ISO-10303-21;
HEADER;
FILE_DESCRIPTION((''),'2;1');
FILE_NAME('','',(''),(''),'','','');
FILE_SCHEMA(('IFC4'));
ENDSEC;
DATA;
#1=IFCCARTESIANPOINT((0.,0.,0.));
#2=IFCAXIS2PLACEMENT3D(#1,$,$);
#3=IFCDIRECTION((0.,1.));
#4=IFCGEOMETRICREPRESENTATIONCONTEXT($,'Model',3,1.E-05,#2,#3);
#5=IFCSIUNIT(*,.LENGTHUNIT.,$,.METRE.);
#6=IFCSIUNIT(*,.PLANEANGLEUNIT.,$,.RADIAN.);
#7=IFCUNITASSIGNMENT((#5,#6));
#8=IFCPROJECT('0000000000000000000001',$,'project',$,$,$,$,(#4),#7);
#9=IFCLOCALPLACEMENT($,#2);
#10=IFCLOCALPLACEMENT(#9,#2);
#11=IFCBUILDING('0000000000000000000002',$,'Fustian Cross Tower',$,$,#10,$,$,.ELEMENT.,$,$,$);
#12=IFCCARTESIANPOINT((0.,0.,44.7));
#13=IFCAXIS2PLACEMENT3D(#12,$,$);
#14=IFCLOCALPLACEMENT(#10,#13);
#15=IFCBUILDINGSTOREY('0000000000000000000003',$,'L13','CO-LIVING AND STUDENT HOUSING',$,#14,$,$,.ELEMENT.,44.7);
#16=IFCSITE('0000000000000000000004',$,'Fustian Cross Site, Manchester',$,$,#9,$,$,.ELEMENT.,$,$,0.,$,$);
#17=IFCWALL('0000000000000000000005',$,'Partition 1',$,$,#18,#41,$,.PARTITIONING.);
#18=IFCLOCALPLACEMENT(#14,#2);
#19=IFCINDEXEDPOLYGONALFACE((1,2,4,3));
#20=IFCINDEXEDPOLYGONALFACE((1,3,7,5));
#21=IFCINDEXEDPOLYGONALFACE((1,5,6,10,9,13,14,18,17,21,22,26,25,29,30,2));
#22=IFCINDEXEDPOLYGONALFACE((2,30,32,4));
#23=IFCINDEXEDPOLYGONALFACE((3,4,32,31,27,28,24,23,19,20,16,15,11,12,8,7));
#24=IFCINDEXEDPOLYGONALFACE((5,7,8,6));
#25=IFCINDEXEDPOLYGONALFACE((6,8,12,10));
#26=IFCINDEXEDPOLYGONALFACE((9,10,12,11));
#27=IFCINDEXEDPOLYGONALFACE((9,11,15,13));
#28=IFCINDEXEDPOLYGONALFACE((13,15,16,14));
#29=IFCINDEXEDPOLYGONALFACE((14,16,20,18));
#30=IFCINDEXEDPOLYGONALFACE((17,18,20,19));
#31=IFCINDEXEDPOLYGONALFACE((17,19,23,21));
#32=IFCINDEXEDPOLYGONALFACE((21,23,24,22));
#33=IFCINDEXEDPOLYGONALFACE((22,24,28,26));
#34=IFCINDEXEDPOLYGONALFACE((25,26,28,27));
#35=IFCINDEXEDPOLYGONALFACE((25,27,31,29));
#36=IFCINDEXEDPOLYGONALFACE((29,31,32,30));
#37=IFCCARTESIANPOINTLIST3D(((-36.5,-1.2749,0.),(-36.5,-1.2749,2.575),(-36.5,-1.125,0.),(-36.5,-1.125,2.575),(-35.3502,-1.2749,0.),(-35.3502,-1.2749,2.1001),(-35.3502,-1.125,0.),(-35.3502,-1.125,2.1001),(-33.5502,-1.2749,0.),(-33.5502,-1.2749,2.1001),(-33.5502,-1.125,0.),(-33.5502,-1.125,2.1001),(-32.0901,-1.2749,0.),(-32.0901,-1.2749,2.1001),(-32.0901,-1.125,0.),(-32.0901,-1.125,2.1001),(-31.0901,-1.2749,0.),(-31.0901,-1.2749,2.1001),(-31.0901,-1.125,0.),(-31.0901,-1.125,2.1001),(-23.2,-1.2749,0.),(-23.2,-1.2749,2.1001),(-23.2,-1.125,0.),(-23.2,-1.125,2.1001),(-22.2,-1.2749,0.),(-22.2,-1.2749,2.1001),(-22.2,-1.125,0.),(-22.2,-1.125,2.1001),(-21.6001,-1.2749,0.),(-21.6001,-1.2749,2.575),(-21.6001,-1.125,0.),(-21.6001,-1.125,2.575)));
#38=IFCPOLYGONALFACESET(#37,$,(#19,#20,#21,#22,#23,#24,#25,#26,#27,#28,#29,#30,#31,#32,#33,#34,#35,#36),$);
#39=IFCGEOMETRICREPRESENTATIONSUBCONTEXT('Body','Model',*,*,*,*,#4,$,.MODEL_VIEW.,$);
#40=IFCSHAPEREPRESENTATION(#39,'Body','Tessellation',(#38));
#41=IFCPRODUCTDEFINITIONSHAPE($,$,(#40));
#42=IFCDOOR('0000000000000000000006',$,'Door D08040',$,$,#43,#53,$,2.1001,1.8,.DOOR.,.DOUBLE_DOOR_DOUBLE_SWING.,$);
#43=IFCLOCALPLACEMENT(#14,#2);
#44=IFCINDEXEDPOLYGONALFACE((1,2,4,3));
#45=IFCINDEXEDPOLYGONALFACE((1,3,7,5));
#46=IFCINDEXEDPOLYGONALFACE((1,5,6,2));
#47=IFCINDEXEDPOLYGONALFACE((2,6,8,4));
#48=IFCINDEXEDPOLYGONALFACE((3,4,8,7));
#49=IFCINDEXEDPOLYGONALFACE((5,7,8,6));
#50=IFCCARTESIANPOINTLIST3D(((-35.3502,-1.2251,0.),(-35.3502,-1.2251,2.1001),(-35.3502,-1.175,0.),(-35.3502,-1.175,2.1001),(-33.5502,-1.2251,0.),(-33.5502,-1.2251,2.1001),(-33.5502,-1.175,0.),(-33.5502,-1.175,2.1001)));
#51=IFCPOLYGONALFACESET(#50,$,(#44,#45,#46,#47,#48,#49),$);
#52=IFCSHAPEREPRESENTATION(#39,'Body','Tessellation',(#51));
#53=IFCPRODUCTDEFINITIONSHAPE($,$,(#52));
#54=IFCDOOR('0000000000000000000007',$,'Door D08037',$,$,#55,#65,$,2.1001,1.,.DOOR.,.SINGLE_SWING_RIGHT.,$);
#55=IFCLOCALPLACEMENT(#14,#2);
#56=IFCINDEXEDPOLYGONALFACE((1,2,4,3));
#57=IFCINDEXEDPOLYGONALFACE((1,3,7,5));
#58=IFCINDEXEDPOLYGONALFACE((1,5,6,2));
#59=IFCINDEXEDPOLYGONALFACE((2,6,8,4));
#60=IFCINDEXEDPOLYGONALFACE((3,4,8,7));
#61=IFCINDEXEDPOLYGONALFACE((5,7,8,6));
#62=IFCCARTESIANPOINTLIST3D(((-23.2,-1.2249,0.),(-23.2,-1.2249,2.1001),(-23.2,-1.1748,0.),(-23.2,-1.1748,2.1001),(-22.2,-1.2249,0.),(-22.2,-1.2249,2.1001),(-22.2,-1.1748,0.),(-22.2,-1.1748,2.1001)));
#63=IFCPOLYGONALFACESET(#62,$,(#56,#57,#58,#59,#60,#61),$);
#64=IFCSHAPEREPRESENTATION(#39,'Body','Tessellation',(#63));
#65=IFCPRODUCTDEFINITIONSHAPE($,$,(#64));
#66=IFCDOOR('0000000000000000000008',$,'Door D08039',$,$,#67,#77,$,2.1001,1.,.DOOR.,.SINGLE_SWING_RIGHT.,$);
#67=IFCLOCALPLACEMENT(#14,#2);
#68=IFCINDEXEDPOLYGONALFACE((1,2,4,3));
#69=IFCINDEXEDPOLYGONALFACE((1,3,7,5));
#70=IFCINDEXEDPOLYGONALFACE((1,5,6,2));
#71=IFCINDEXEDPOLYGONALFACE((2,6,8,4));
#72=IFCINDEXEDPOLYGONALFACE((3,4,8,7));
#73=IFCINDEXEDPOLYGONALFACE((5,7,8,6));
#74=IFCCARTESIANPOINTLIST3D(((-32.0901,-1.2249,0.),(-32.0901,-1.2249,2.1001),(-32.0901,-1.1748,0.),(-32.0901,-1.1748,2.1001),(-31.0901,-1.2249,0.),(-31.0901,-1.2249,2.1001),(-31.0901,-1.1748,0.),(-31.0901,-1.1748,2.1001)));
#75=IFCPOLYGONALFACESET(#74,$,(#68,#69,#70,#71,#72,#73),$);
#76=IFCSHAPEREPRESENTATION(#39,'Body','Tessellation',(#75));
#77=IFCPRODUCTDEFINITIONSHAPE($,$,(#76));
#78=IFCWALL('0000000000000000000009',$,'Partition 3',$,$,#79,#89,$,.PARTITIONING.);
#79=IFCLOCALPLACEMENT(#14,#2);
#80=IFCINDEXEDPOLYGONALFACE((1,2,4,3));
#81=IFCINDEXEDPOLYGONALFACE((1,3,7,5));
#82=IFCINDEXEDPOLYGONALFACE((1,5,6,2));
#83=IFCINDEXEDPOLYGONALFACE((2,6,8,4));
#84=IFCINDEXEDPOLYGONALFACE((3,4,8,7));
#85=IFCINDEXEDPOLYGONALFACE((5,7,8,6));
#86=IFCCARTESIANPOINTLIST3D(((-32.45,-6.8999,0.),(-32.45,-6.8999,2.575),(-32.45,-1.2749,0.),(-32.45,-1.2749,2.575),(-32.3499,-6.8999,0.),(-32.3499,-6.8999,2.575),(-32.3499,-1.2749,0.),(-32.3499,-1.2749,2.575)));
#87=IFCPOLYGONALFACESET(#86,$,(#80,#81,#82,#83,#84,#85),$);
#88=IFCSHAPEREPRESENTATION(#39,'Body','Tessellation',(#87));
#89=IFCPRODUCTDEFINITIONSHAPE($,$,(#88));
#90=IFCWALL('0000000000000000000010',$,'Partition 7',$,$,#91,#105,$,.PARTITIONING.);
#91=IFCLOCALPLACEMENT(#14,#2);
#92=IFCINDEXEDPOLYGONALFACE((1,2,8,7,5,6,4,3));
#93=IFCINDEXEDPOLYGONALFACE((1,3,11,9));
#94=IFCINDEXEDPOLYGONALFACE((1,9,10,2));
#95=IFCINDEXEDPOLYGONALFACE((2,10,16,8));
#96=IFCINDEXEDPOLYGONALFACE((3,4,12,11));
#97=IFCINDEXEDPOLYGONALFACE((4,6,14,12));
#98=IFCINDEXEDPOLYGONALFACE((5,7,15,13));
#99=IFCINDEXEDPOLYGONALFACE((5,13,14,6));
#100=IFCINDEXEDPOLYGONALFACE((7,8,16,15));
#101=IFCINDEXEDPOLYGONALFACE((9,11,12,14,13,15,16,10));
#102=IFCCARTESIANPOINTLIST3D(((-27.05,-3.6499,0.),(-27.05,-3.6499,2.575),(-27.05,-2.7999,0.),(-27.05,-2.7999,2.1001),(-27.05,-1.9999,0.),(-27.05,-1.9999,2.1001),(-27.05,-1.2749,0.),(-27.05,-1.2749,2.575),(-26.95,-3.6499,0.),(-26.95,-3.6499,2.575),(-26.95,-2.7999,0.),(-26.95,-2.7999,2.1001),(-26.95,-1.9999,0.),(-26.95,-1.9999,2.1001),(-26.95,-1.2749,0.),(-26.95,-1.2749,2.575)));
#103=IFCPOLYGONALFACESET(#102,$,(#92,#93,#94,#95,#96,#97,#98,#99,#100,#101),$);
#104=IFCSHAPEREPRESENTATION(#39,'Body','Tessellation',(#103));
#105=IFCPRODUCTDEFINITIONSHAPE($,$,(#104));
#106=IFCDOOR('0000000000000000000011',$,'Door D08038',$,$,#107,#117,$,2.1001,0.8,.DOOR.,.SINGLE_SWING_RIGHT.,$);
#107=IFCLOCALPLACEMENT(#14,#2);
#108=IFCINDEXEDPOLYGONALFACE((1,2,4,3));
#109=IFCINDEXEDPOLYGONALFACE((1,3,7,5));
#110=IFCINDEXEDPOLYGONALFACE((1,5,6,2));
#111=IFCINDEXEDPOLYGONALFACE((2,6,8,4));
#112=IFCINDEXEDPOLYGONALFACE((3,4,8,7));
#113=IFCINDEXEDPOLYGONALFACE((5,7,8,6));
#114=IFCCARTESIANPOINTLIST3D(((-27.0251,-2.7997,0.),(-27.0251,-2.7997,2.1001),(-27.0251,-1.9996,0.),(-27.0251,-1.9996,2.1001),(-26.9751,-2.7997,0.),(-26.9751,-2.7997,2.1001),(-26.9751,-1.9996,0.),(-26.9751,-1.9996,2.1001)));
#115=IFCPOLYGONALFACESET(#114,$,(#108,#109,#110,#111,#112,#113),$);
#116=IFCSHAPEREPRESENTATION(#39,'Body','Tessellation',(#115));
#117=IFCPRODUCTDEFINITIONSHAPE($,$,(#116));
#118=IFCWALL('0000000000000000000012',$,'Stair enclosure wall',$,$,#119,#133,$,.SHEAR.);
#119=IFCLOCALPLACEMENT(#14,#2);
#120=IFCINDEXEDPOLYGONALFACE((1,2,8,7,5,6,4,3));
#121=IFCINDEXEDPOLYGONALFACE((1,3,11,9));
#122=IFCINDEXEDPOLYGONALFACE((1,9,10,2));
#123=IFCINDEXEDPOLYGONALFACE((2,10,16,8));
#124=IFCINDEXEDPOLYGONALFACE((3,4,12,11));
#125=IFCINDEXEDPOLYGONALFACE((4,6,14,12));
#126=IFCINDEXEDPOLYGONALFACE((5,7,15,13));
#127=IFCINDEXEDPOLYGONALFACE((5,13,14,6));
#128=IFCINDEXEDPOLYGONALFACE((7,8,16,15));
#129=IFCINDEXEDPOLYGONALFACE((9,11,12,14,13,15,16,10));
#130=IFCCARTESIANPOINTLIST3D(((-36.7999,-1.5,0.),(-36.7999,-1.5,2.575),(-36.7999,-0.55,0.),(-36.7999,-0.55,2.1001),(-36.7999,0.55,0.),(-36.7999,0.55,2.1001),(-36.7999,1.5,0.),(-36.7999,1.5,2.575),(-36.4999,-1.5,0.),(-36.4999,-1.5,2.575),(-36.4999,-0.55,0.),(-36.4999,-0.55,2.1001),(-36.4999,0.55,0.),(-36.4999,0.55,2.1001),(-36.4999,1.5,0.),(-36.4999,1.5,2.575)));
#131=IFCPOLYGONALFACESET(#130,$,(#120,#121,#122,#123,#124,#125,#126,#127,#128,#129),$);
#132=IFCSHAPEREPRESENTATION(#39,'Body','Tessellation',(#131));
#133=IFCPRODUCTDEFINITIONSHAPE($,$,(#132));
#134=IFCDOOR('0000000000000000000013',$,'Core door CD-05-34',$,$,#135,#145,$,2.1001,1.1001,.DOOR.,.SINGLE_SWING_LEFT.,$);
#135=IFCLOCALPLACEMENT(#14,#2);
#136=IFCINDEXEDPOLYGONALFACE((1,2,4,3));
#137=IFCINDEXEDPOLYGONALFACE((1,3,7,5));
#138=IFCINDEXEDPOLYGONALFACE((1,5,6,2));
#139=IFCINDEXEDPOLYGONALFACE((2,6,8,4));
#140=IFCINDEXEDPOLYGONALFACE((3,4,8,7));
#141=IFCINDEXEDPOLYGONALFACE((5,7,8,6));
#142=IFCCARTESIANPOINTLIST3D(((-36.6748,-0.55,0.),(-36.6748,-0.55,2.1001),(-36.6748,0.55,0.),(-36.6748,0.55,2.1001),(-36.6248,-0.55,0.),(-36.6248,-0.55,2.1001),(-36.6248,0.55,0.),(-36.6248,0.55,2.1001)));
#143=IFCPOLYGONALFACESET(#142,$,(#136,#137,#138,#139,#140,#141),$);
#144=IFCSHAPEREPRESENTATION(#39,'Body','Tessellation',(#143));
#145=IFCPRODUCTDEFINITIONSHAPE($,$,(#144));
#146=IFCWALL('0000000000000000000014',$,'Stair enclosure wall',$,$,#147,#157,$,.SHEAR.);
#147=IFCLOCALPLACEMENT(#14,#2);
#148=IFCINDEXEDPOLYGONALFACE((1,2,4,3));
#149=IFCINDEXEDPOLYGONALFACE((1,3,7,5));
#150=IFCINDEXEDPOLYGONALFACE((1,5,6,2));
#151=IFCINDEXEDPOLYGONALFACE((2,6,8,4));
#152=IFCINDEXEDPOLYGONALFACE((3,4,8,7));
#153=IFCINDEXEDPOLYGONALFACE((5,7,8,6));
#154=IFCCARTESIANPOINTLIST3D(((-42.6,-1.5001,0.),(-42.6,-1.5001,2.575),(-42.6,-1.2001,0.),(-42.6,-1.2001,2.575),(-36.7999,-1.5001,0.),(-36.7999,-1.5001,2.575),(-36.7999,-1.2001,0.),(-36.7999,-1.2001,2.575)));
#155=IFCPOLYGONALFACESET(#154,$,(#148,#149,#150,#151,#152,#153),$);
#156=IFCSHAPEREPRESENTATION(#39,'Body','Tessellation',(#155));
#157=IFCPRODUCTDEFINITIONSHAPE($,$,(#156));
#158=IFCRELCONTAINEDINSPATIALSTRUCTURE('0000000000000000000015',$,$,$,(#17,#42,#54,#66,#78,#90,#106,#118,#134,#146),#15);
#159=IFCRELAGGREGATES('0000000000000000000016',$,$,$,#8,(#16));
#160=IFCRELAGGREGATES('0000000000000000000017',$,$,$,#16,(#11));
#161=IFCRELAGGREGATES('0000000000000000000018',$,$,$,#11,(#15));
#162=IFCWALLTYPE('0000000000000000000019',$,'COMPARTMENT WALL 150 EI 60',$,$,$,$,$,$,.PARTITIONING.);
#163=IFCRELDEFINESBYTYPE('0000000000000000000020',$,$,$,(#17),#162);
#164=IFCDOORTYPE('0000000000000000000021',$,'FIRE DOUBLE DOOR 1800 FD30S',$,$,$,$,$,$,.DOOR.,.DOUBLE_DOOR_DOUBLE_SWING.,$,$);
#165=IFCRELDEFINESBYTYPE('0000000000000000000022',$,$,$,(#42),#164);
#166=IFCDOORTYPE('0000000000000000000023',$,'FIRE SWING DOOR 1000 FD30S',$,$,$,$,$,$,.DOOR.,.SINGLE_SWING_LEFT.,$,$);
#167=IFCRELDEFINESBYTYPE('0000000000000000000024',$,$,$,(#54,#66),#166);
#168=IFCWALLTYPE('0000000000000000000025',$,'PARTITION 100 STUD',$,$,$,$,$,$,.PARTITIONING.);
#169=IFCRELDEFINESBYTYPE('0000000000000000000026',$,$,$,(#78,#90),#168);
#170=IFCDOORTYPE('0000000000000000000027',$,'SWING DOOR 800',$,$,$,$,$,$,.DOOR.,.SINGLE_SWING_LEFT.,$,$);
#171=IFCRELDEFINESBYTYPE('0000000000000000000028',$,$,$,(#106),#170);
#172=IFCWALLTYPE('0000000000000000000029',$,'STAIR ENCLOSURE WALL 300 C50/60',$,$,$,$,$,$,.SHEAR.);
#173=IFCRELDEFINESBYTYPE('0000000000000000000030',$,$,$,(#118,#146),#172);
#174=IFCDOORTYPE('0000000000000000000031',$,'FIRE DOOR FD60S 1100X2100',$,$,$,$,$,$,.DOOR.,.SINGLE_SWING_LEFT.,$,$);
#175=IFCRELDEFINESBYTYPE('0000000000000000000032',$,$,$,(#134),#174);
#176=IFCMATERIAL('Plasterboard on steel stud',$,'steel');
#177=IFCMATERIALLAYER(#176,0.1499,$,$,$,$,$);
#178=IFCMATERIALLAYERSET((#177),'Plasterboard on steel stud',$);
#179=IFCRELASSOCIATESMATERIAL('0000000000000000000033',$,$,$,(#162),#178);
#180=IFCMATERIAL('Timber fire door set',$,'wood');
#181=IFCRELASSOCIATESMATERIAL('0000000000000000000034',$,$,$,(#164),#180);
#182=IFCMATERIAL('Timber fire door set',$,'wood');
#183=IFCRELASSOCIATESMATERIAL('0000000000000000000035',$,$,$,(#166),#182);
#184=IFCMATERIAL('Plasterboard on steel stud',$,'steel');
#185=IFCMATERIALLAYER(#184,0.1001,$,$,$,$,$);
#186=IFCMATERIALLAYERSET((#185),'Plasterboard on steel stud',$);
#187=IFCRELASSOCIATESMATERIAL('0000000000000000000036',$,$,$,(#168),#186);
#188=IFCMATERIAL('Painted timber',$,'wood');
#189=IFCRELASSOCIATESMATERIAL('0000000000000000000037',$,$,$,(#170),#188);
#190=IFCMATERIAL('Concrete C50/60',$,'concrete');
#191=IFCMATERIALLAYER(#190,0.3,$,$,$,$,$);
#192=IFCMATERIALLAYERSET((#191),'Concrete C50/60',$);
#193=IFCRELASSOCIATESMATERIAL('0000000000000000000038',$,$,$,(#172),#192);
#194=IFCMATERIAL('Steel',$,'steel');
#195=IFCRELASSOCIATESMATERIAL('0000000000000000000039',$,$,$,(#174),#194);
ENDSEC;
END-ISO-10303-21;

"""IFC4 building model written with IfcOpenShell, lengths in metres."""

from ifc_helpers import new_model, si_unit, direction, frame, frame_2d, origin, place, context, subcontext, project, spatial, rectangle, extrude, material, layer, layer_set, type_object, element, fill, save


model = new_model("IFC4")

# Units and contexts
model_context = context("Model", 3, precision=1e-05, world=origin(), true_north=direction((0.0, 1.0)))
body_context = subcontext(model_context, "Body", "Model", "MODEL_VIEW")
ifc_project = project(units=[si_unit("LENGTHUNIT", "METRE"), si_unit("PLANEANGLEUNIT", "RADIAN")], contexts=[model_context])

# Site, building, storey
site_placement = place(None, origin())
site = spatial("IfcSite", under=ifc_project, at=site_placement, Name="Fustian Cross Site, Manchester", CompositionType="ELEMENT", RefElevation=0.0)
building_placement = place(site_placement, origin())
building = spatial("IfcBuilding", under=site, at=building_placement, Name="Fustian Cross Tower", CompositionType="ELEMENT")
storey_placement = place(building_placement, frame((0.0, 0.0, 44.7)))
storey = spatial("IfcBuildingStorey", under=building, at=storey_placement, Name="L13", Description="CO-LIVING AND STUDENT HOUSING", CompositionType="ELEMENT", Elevation=44.7)

# Wall, openings, doors
ifc_material_1 = material(Name="Plasterboard on steel stud", Category="steel")
ifc_layer_1 = layer(ifc_material_1, 0.1499)
ifc_layer_set_1 = layer_set([ifc_layer_1], Name="Plasterboard on steel stud")
wall_type_1 = type_object("IfcWallType", Name="COMPARTMENT WALL 150 EI 60", PredefinedType="PARTITIONING", material=ifc_layer_set_1)
wall_1_placement = place(storey_placement, frame((-36.5, -1.2, 0.0), z_axis=(0.0, 0.0, 1.0), x_axis=(1.0, 0.0, 0.0)))
wall_1 = element("IfcWall", 1, at=wall_1_placement, inside=storey, type_object=wall_type_1, Name="Partition 1", PredefinedType="PARTITIONING", context=body_context, shape_type="SweptSolid", body=[
    extrude(rectangle(XDim=14.8999, YDim=0.1499, at=frame_2d((7.45, 0.0))), origin(), (0.0, 0.0, 1.0), 2.575),
])
opening_1_placement = place(wall_1_placement, frame((13.3, 0.0, 0.0)))
opening_1 = element("IfcOpeningElement", 2, at=opening_1_placement, cuts=wall_1, PredefinedType="OPENING", context=body_context, shape_type="SweptSolid", body=[
    extrude(rectangle(XDim=1.0, YDim=2.1001, at=frame_2d((0.5, 1.05))), frame((0.0, 0.085, 0.0), z_axis=(0.0, -1.0, 0.0), x_axis=(1.0, 0.0, 0.0)), (0.0, 0.0, 1.0), 0.1699),
])
opening_2_placement = place(wall_1_placement, frame((4.4099, 0.0, 0.0)))
opening_2 = element("IfcOpeningElement", 3, at=opening_2_placement, cuts=wall_1, PredefinedType="OPENING", context=body_context, shape_type="SweptSolid", body=[
    extrude(rectangle(XDim=1.0, YDim=2.1001, at=frame_2d((0.5, 1.05))), frame((0.0, 0.085, 0.0), z_axis=(0.0, -1.0, 0.0), x_axis=(1.0, 0.0, 0.0)), (0.0, 0.0, 1.0), 0.1699),
])
opening_3_placement = place(wall_1_placement, frame((1.1499, 0.0, 0.0)))
opening_3 = element("IfcOpeningElement", 4, at=opening_3_placement, cuts=wall_1, PredefinedType="OPENING", context=body_context, shape_type="SweptSolid", body=[
    extrude(rectangle(XDim=1.8, YDim=2.1001, at=frame_2d((0.8999, 1.05))), frame((0.0, 0.085, 0.0), z_axis=(0.0, -1.0, 0.0), x_axis=(1.0, 0.0, 0.0)), (0.0, 0.0, 1.0), 0.1699),
])
ifc_material_2 = material(Name="Timber fire door set", Category="wood")
door_type_1 = type_object("IfcDoorType", Name="FIRE DOUBLE DOOR 1800 FD30S", OperationType="DOUBLE_DOOR_DOUBLE_SWING", PredefinedType="DOOR", material=ifc_material_2)
door_1_placement = place(opening_3_placement, origin())
door_1 = element("IfcDoor", 5, at=door_1_placement, inside=storey, type_object=door_type_1, Name="Door D08040", OperationType="DOUBLE_DOOR_DOUBLE_SWING", OverallHeight=2.1001, OverallWidth=1.8, PredefinedType="DOOR", context=body_context, shape_type="SweptSolid", body=[
    extrude(rectangle(XDim=1.8, YDim=2.1001, at=frame_2d((0.8999, 1.05))), frame((0.0, 0.0249, 0.0), z_axis=(0.0, -1.0, 0.0), x_axis=(1.0, 0.0, 0.0)), (0.0, 0.0, 1.0), 0.05),
])
fill(opening_3, door_1)
ifc_material_3 = material(Name="Timber fire door set", Category="wood")
door_type_2 = type_object("IfcDoorType", Name="FIRE SWING DOOR 1000 FD30S", OperationType="SINGLE_SWING_LEFT", PredefinedType="DOOR", material=ifc_material_3)
door_2_placement = place(opening_1_placement, frame((1.0, 0.0, 0.0), z_axis=(0.0, 0.0, 1.0), x_axis=(-1.0, 0.0, 0.0)))
door_2 = element("IfcDoor", 6, at=door_2_placement, inside=storey, type_object=door_type_2, Name="Door D08037", OperationType="SINGLE_SWING_RIGHT", OverallHeight=2.1001, OverallWidth=1.0, PredefinedType="DOOR", context=body_context, shape_type="SweptSolid", body=[
    extrude(rectangle(XDim=1.0, YDim=2.1001, at=frame_2d((0.5, 1.05))), frame((0.0, 0.0249, 0.0), z_axis=(0.0, -1.0, 0.0), x_axis=(1.0, 0.0, 0.0)), (0.0, 0.0, 1.0), 0.05),
])
fill(opening_1, door_2)
door_3_placement = place(opening_2_placement, frame((1.0, 0.0, 0.0), z_axis=(0.0, 0.0, 1.0), x_axis=(-1.0, 0.0, 0.0)))
door_3 = element("IfcDoor", 7, at=door_3_placement, inside=storey, type_object=door_type_2, Name="Door D08039", OperationType="SINGLE_SWING_RIGHT", OverallHeight=2.1001, OverallWidth=1.0, PredefinedType="DOOR", context=body_context, shape_type="SweptSolid", body=[
    extrude(rectangle(XDim=1.0, YDim=2.1001, at=frame_2d((0.5, 1.05))), frame((0.0, 0.0249, 0.0), z_axis=(0.0, -1.0, 0.0), x_axis=(1.0, 0.0, 0.0)), (0.0, 0.0, 1.0), 0.05),
])
fill(opening_2, door_3)

# Wall
ifc_material_4 = material(Name="Plasterboard on steel stud", Category="steel")
ifc_layer_2 = layer(ifc_material_4, 0.1001)
ifc_layer_set_2 = layer_set([ifc_layer_2], Name="Plasterboard on steel stud")
wall_type_2 = type_object("IfcWallType", Name="PARTITION 100 STUD", PredefinedType="PARTITIONING", material=ifc_layer_set_2)
wall_2_placement = place(storey_placement, frame((-32.3999, -6.8999, 0.0), z_axis=(0.0, 0.0, 1.0), x_axis=(0.0, 1.0, 0.0)))
element("IfcWall", 8, at=wall_2_placement, inside=storey, type_object=wall_type_2, Name="Partition 3", PredefinedType="PARTITIONING", context=body_context, shape_type="SweptSolid", body=[
    extrude(rectangle(XDim=5.625, YDim=0.1001, at=frame_2d((2.8125, 0.0))), origin(), (0.0, 0.0, 1.0), 2.575),
])

# Walls, openings, doors
wall_3_placement = place(storey_placement, frame((-27.0, -3.6499, 0.0), z_axis=(0.0, 0.0, 1.0), x_axis=(0.0, 1.0, 0.0)))
wall_3 = element("IfcWall", 9, at=wall_3_placement, inside=storey, type_object=wall_type_2, Name="Partition 7", PredefinedType="PARTITIONING", context=body_context, shape_type="SweptSolid", body=[
    extrude(rectangle(XDim=2.375, YDim=0.1001, at=frame_2d((1.1875, 0.0))), origin(), (0.0, 0.0, 1.0), 2.575),
])
opening_4_placement = place(wall_3_placement, frame((0.8501, 0.0, 0.0)))
opening_4 = element("IfcOpeningElement", 10, at=opening_4_placement, cuts=wall_3, PredefinedType="OPENING", context=body_context, shape_type="SweptSolid", body=[
    extrude(rectangle(XDim=0.8, YDim=2.1001, at=frame_2d((0.3999, 1.05))), frame((0.0, 0.0601, 0.0), z_axis=(0.0, -1.0, 0.0), x_axis=(1.0, 0.0, 0.0)), (0.0, 0.0, 1.0), 0.1201),
])
ifc_material_5 = material(Name="Painted timber", Category="wood")
door_type_3 = type_object("IfcDoorType", Name="SWING DOOR 800", OperationType="SINGLE_SWING_LEFT", PredefinedType="DOOR", material=ifc_material_5)
door_4_placement = place(opening_4_placement, frame((0.8, 0.0, 0.0), z_axis=(0.0, 0.0, 1.0), x_axis=(-1.0, 0.0, 0.0)))
door_4 = element("IfcDoor", 11, at=door_4_placement, inside=storey, type_object=door_type_3, Name="Door D08038", OperationType="SINGLE_SWING_RIGHT", OverallHeight=2.1001, OverallWidth=0.8, PredefinedType="DOOR", context=body_context, shape_type="SweptSolid", body=[
    extrude(rectangle(XDim=0.8, YDim=2.1001, at=frame_2d((0.3999, 1.05))), frame((0.0, 0.0249, 0.0), z_axis=(0.0, -1.0, 0.0), x_axis=(1.0, 0.0, 0.0)), (0.0, 0.0, 1.0), 0.05),
])
fill(opening_4, door_4)
ifc_material_6 = material(Name="Concrete C50/60", Category="concrete")
ifc_layer_3 = layer(ifc_material_6, 0.3)
ifc_layer_set_3 = layer_set([ifc_layer_3], Name="Concrete C50/60")
wall_type_3 = type_object("IfcWallType", Name="STAIR ENCLOSURE WALL 300 C50/60", PredefinedType="SHEAR", material=ifc_layer_set_3)
wall_4_placement = place(storey_placement, frame((-36.6499, -1.5, 0.0), z_axis=(0.0, 0.0, 1.0), x_axis=(0.0, 1.0, 0.0)))
wall_4 = element("IfcWall", 12, at=wall_4_placement, inside=storey, type_object=wall_type_3, Name="Stair enclosure wall", PredefinedType="SHEAR", context=body_context, shape_type="SweptSolid", body=[
    extrude(rectangle(XDim=3.0, YDim=0.3, at=frame_2d((1.5, 0.0))), origin(), (0.0, 0.0, 1.0), 2.575),
])
opening_5_placement = place(wall_4_placement, frame((0.95, 0.0, 0.0)))
opening_5 = element("IfcOpeningElement", 13, at=opening_5_placement, cuts=wall_4, PredefinedType="OPENING", context=body_context, shape_type="SweptSolid", body=[
    extrude(rectangle(XDim=1.1001, YDim=2.1001, at=frame_2d((0.55, 1.05))), frame((0.0, 0.1599, 0.0), z_axis=(0.0, -1.0, 0.0), x_axis=(1.0, 0.0, 0.0)), (0.0, 0.0, 1.0), 0.3201),
])
ifc_material_7 = material(Name="Steel", Category="steel")
door_type_4 = type_object("IfcDoorType", Name="FIRE DOOR FD60S 1100X2100", OperationType="SINGLE_SWING_LEFT", PredefinedType="DOOR", material=ifc_material_7)
door_5_placement = place(opening_5_placement, origin())
door_5 = element("IfcDoor", 14, at=door_5_placement, inside=storey, type_object=door_type_4, Name="Core door CD-05-34", OperationType="SINGLE_SWING_LEFT", OverallHeight=2.1001, OverallWidth=1.1001, PredefinedType="DOOR", context=body_context, shape_type="SweptSolid", body=[
    extrude(rectangle(XDim=1.1001, YDim=2.1001, at=frame_2d((0.55, 1.05))), frame((0.0, 0.0249, 0.0), z_axis=(0.0, -1.0, 0.0), x_axis=(1.0, 0.0, 0.0)), (0.0, 0.0, 1.0), 0.05),
])
fill(opening_5, door_5)

# Wall
wall_5_placement = place(storey_placement, frame((-36.8, -1.3501, 0.0), z_axis=(0.0, 0.0, 1.0), x_axis=(-1.0, 0.0, 0.0)))
element("IfcWall", 15, at=wall_5_placement, inside=storey, type_object=wall_type_3, Name="Stair enclosure wall", PredefinedType="SHEAR", context=body_context, shape_type="SweptSolid", body=[
    extrude(rectangle(XDim=5.8, YDim=0.3, at=frame_2d((2.8999, 0.0))), origin(), (0.0, 0.0, 1.0), 2.575),
])

save(model, "model.ifc")
